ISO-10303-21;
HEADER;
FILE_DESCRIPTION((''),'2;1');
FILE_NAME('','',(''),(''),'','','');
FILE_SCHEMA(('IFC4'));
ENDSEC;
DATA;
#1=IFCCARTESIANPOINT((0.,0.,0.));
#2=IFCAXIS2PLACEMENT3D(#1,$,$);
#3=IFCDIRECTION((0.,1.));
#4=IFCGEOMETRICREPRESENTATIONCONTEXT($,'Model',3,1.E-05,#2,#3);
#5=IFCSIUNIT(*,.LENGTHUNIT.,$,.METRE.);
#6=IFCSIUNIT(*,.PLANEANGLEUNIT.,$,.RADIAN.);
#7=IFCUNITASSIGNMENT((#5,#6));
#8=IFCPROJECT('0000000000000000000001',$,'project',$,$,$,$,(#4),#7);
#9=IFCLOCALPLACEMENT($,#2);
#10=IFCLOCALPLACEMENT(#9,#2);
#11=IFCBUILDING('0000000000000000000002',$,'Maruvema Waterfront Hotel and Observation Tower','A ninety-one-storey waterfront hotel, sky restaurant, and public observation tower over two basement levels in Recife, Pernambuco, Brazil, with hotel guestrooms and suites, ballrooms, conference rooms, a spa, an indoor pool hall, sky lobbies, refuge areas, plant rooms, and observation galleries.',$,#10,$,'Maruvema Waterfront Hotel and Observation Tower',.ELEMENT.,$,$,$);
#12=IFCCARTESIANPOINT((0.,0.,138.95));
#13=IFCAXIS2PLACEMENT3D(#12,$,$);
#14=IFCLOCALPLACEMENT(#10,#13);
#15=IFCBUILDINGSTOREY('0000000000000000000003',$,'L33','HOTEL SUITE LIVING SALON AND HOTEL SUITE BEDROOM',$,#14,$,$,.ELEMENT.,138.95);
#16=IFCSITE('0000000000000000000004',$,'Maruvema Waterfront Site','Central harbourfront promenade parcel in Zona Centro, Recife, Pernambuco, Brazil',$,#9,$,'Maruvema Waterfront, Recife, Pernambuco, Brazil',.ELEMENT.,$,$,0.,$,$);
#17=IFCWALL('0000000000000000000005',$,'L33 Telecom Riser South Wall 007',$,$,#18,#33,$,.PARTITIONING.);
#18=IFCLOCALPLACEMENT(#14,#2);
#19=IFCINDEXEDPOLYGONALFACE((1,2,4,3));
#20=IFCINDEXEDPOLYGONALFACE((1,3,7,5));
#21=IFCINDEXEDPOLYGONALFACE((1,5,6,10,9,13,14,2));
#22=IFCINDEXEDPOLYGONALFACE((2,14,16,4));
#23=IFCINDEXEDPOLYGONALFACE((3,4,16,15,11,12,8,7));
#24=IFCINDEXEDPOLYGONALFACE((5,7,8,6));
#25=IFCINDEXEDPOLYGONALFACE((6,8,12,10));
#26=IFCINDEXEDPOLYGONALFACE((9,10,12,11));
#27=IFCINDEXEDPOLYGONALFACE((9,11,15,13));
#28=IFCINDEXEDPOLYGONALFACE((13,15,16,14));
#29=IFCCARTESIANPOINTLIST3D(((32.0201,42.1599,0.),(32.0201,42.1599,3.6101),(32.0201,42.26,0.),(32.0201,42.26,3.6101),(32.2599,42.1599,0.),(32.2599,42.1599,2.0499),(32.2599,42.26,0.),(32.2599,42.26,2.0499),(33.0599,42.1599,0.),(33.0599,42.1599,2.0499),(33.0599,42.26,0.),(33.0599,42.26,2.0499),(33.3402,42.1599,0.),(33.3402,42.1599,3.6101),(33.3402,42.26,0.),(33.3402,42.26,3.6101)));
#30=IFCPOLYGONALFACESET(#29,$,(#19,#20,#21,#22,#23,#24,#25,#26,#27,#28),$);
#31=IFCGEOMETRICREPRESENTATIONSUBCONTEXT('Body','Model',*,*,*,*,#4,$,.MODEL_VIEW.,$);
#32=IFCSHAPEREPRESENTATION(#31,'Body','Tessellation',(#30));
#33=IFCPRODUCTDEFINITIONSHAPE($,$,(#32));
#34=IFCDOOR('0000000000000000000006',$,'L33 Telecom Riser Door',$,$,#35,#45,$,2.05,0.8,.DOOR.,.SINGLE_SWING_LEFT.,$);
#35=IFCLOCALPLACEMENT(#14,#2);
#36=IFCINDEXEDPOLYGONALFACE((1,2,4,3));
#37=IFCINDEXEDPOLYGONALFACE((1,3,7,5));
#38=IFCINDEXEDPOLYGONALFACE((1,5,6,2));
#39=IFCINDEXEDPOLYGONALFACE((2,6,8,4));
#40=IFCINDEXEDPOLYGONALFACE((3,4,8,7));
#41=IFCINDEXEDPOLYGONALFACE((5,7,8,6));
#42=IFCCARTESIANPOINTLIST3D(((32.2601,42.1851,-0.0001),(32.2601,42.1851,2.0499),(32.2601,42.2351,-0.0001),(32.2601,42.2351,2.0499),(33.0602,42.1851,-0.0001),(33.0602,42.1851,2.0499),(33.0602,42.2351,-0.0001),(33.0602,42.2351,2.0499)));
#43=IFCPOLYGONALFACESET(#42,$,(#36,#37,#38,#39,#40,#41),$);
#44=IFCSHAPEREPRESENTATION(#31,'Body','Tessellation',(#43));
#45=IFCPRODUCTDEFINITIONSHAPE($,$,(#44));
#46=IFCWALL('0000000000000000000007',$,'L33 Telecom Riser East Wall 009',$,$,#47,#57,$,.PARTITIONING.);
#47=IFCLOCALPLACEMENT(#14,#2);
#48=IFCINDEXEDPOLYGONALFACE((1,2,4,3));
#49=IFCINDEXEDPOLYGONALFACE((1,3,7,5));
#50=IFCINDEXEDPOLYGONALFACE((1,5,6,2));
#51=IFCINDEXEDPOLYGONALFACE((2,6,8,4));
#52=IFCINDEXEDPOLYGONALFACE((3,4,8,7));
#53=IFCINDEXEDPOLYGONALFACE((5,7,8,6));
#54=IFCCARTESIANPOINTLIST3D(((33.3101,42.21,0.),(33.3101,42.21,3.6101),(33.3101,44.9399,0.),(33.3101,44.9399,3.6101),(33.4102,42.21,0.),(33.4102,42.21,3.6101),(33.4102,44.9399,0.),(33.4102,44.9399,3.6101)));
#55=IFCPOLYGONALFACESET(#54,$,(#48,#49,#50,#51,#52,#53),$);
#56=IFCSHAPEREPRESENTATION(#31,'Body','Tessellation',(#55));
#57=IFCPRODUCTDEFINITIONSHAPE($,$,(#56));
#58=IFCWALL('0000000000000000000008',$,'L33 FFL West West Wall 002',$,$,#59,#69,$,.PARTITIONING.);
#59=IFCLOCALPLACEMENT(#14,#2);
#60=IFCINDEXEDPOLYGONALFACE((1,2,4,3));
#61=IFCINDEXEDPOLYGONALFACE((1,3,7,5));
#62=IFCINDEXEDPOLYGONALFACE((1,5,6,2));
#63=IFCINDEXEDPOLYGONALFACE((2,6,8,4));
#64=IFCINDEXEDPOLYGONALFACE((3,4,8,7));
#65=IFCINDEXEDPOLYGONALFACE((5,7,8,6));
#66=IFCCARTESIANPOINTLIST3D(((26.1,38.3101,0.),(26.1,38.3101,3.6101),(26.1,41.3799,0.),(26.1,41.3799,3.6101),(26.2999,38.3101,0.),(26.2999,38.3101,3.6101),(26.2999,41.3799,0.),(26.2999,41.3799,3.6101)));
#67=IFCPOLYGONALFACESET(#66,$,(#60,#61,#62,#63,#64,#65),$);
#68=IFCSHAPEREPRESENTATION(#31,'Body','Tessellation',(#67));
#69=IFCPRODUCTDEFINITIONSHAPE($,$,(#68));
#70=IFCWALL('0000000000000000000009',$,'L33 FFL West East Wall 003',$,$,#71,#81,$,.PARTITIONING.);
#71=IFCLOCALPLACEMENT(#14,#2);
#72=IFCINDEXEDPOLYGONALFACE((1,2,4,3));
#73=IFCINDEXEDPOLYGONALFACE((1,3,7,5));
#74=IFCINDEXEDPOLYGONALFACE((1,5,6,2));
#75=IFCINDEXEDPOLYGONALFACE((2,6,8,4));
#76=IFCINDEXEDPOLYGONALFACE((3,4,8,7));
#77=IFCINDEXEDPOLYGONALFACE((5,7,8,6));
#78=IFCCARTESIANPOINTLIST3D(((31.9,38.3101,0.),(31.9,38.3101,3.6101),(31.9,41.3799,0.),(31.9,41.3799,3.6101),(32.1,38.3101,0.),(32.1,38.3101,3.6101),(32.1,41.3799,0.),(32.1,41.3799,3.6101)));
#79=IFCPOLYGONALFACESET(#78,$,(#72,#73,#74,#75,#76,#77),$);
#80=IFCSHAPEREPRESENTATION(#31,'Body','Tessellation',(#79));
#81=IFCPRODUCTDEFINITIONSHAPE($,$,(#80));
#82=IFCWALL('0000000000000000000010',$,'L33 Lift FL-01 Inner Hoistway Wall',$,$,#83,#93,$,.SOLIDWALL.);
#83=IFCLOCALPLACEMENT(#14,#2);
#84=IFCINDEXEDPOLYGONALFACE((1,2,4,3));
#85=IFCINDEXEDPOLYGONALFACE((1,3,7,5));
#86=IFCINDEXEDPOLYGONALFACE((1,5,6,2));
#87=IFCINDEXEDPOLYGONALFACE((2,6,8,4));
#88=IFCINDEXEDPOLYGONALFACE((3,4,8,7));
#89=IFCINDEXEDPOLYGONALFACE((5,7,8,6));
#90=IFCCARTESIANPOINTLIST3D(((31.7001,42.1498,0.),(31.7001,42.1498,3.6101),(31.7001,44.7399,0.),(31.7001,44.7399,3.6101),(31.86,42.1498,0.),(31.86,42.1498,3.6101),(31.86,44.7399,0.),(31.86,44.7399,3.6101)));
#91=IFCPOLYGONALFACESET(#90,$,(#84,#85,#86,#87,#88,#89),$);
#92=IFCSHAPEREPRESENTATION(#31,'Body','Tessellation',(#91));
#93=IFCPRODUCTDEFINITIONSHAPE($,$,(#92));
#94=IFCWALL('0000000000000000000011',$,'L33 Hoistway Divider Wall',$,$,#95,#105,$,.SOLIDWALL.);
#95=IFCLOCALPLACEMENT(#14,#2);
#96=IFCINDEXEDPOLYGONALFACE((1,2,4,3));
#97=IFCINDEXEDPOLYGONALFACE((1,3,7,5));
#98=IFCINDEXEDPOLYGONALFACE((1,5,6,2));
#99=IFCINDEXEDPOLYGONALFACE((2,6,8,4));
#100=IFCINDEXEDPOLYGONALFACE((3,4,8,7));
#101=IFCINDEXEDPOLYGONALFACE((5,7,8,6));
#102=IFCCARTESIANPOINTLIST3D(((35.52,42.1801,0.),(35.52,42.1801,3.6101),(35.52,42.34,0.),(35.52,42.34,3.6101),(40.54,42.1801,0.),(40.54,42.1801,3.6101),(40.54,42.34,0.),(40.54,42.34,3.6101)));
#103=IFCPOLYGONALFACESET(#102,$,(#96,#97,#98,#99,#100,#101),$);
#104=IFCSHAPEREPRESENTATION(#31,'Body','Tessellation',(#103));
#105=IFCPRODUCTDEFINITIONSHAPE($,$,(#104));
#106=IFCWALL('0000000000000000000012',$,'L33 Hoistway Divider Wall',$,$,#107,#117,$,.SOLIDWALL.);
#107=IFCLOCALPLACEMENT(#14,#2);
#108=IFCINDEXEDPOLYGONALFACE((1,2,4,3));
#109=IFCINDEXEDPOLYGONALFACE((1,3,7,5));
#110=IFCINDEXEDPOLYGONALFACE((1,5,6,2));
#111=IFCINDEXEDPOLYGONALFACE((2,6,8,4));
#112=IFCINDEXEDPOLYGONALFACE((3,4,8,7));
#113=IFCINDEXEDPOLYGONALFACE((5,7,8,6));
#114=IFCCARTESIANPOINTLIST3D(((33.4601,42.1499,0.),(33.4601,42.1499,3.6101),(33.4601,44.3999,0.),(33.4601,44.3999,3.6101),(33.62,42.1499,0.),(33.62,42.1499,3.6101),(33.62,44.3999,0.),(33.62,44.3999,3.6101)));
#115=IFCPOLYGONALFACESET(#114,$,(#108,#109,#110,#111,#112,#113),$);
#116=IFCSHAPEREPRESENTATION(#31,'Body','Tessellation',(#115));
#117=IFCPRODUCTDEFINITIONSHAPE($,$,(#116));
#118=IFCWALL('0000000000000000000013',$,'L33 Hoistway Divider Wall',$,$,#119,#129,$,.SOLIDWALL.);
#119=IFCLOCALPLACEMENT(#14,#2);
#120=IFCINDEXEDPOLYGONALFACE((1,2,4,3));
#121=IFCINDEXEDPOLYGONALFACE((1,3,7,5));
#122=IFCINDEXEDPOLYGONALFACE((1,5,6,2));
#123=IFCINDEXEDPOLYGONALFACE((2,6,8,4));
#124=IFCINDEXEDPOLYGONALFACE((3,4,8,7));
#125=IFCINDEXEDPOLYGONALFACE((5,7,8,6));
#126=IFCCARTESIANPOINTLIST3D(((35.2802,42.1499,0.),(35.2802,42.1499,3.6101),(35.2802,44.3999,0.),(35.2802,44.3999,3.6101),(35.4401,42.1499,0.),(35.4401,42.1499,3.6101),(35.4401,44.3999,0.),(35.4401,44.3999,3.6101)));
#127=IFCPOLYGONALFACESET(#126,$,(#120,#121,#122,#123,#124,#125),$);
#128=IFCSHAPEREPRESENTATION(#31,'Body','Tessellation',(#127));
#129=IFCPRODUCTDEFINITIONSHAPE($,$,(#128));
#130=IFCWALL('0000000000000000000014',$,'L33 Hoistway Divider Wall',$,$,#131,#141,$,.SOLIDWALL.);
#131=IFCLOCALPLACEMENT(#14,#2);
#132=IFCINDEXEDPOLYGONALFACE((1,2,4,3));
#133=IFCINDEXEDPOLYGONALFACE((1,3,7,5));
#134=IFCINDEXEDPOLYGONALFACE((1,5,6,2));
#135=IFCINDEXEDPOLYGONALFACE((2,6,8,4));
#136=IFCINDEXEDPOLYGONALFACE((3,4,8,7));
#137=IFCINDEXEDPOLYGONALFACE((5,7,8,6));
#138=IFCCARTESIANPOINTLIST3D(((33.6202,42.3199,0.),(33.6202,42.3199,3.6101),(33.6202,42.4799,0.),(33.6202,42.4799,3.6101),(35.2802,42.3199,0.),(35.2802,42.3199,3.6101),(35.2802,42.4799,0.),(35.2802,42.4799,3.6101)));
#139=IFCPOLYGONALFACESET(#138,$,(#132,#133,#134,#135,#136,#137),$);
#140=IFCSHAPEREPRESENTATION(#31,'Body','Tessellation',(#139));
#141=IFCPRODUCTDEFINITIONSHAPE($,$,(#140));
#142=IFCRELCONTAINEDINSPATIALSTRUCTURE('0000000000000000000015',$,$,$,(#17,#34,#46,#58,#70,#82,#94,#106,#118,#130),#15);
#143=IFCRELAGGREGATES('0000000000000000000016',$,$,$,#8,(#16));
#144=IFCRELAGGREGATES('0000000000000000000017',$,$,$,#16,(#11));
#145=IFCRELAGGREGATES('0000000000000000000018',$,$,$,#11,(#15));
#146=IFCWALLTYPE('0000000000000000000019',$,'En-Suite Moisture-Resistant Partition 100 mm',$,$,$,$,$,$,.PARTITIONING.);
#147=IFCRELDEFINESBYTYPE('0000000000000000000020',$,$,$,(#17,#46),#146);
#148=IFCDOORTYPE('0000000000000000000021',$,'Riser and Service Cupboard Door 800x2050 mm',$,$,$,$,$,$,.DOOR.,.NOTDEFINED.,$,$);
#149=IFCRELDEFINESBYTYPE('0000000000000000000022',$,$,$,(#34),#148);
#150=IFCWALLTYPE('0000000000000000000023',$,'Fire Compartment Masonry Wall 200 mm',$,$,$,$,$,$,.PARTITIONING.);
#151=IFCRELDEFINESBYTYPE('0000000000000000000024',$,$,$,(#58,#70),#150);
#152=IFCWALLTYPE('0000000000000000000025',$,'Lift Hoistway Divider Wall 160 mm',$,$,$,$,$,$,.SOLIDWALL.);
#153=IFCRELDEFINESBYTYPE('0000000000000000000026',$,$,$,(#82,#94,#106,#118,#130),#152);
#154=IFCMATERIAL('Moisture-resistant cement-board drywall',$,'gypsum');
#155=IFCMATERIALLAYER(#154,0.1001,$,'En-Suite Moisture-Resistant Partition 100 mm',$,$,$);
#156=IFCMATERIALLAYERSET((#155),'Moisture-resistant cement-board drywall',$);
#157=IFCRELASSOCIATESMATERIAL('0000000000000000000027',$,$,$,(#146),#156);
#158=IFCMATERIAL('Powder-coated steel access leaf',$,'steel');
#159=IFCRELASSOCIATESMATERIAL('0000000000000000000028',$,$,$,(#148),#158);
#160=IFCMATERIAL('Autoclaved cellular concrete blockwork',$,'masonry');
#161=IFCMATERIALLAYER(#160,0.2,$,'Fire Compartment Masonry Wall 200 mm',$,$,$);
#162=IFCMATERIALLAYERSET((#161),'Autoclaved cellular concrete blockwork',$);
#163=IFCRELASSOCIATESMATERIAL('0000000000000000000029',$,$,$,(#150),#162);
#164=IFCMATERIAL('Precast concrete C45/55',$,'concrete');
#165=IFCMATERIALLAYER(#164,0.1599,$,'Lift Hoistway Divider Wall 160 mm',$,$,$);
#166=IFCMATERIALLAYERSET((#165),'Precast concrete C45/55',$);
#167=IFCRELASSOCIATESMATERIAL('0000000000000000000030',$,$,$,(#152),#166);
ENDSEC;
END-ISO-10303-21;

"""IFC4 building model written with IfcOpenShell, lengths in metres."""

from ifc_helpers import new_model, si_unit, direction, frame, frame_2d, origin, place, context, subcontext, project, spatial, rectangle, extrude, material, layer, layer_set, type_object, element, fill, save


model = new_model("IFC4")

# Units and contexts
model_context = context("Model", 3, precision=1e-05, world=origin(), true_north=direction((0.0, 1.0)))
body_context = subcontext(model_context, "Body", "Model", "MODEL_VIEW")
ifc_project = project(units=[si_unit("LENGTHUNIT", "METRE"), si_unit("PLANEANGLEUNIT", "RADIAN")], contexts=[model_context])

# Site, building, storey
site_placement = place(None, origin())
site = spatial("IfcSite", under=ifc_project, at=site_placement, Name="Maruvema Waterfront Site", Description="Central harbourfront promenade parcel in Zona Centro, Recife, Pernambuco, Brazil", LongName="Maruvema Waterfront, Recife, Pernambuco, Brazil", CompositionType="ELEMENT", RefElevation=0.0)
building_placement = place(site_placement, origin())
building = spatial("IfcBuilding", under=site, at=building_placement, Name="Maruvema Waterfront Hotel and Observation Tower", Description="A ninety-one-storey waterfront hotel, sky restaurant, and public observation tower over two basement levels in Recife, Pernambuco, Brazil, with hotel guestrooms and suites, ballrooms, conference rooms, a spa, an indoor pool hall, sky lobbies, refuge areas, plant rooms, and observation galleries.", LongName="Maruvema Waterfront Hotel and Observation Tower", CompositionType="ELEMENT")
storey_placement = place(building_placement, frame((0.0, 0.0, 138.95)))
storey = spatial("IfcBuildingStorey", under=building, at=storey_placement, Name="L33", Description="HOTEL SUITE LIVING SALON AND HOTEL SUITE BEDROOM", CompositionType="ELEMENT", Elevation=138.95)

# Wall, opening, door
ifc_material_1 = material(Name="Moisture-resistant cement-board drywall", Category="gypsum")
ifc_layer_1 = layer(ifc_material_1, 0.1001, Name="En-Suite Moisture-Resistant Partition 100 mm")
ifc_layer_set_1 = layer_set([ifc_layer_1], Name="Moisture-resistant cement-board drywall")
wall_type_1 = type_object("IfcWallType", Name="En-Suite Moisture-Resistant Partition 100 mm", PredefinedType="PARTITIONING", material=ifc_layer_set_1)
wall_1_placement = place(storey_placement, frame((32.02, 42.21, 0.0), z_axis=(0.0, 0.0, 1.0), x_axis=(1.0, 0.0, 0.0)))
wall_1 = element("IfcWall", 1, at=wall_1_placement, inside=storey, type_object=wall_type_1, Name="L33 Telecom Riser South Wall 007", PredefinedType="PARTITIONING", context=body_context, shape_type="SweptSolid", body=[
    extrude(rectangle(XDim=1.3201, YDim=0.1001, at=frame_2d((0.6602, 0.0))), origin(), (0.0, 0.0, 1.0), 3.6101),
])
opening_1_placement = place(wall_1_placement, frame((0.24, 0.0, 0.0)))
opening_1 = element("IfcOpeningElement", 2, at=opening_1_placement, cuts=wall_1, PredefinedType="OPENING", context=body_context, shape_type="SweptSolid", body=[
    extrude(rectangle(XDim=0.8, YDim=2.05, at=frame_2d((0.3999, 1.0249))), frame((0.0, 0.0601, 0.0), z_axis=(0.0, -1.0, 0.0), x_axis=(1.0, 0.0, 0.0)), (0.0, 0.0, 1.0), 0.1201),
])
ifc_material_2 = material(Name="Powder-coated steel access leaf", Category="steel")
door_type_1 = type_object("IfcDoorType", Name="Riser and Service Cupboard Door 800x2050 mm", OperationType="NOTDEFINED", PredefinedType="DOOR", material=ifc_material_2)
door_1_placement = place(opening_1_placement, frame((0.8, 0.0, 0.0), z_axis=(0.0, 0.0, 1.0), x_axis=(-1.0, 0.0, 0.0)))
door_1 = element("IfcDoor", 3, at=door_1_placement, inside=storey, type_object=door_type_1, Name="L33 Telecom Riser Door", OperationType="SINGLE_SWING_LEFT", OverallHeight=2.05, OverallWidth=0.8, PredefinedType="DOOR", context=body_context, shape_type="SweptSolid", body=[
    extrude(rectangle(XDim=0.8, YDim=2.05, at=frame_2d((0.3999, 1.0249))), frame((0.0, 0.0249, 0.0), z_axis=(0.0, -1.0, 0.0), x_axis=(1.0, 0.0, 0.0)), (0.0, 0.0, 1.0), 0.05),
])
fill(opening_1, door_1)

# Wall
wall_2_placement = place(storey_placement, frame((33.3601, 42.21, 0.0), z_axis=(0.0, 0.0, 1.0), x_axis=(0.0, 1.0, 0.0)))
element("IfcWall", 4, at=wall_2_placement, inside=storey, type_object=wall_type_1, Name="L33 Telecom Riser East Wall 009", PredefinedType="PARTITIONING", context=body_context, shape_type="SweptSolid", body=[
    extrude(rectangle(XDim=2.73, YDim=0.1001, at=frame_2d((1.365, 0.0))), origin(), (0.0, 0.0, 1.0), 3.6101),
])

# Shared definitions
ifc_material_3 = material(Name="Autoclaved cellular concrete blockwork", Category="masonry")
ifc_layer_2 = layer(ifc_material_3, 0.2, Name="Fire Compartment Masonry Wall 200 mm")
ifc_layer_set_2 = layer_set([ifc_layer_2], Name="Autoclaved cellular concrete blockwork")
wall_type_2 = type_object("IfcWallType", Name="Fire Compartment Masonry Wall 200 mm", PredefinedType="PARTITIONING", material=ifc_layer_set_2)

# Walls
for number, where, z_axis, x_axis, name in (
    (5, (26.2, 38.3101, 0.0), (0.0, 0.0, 1.0), (0.0, 1.0, 0.0), "L33 FFL West West Wall 002"),
    (6, (32.0, 38.3101, 0.0), (0.0, 0.0, 1.0), (0.0, 1.0, 0.0), "L33 FFL West East Wall 003"),
):
    element("IfcWall", number, at=place(storey_placement, frame(where, z_axis=z_axis, x_axis=x_axis)), inside=storey, type_object=wall_type_2, Name=name, PredefinedType="PARTITIONING", context=body_context, shape_type="SweptSolid", body=[
        extrude(rectangle(XDim=3.0698, YDim=0.2, at=frame_2d((1.5349, 0.0))), origin(), (0.0, 0.0, 1.0), 3.6101),
    ])
ifc_material_4 = material(Name="Precast concrete C45/55", Category="concrete")
ifc_layer_3 = layer(ifc_material_4, 0.1599, Name="Lift Hoistway Divider Wall 160 mm")
ifc_layer_set_3 = layer_set([ifc_layer_3], Name="Precast concrete C45/55")
wall_type_3 = type_object("IfcWallType", Name="Lift Hoistway Divider Wall 160 mm", PredefinedType="SOLIDWALL", material=ifc_layer_set_3)
wall_3_placement = place(storey_placement, frame((31.78, 42.1499, 0.0), z_axis=(0.0, 0.0, 1.0), x_axis=(0.0, 1.0, 0.0)))
element("IfcWall", 7, at=wall_3_placement, inside=storey, type_object=wall_type_3, Name="L33 Lift FL-01 Inner Hoistway Wall", PredefinedType="SOLIDWALL", context=body_context, shape_type="SweptSolid", body=[
    extrude(rectangle(XDim=2.5901, YDim=0.1599, at=frame_2d((1.2949, 0.0))), origin(), (0.0, 0.0, 1.0), 3.6101),
])
wall_4_placement = place(storey_placement, frame((35.52, 42.26, 0.0), z_axis=(0.0, 0.0, 1.0), x_axis=(1.0, 0.0, 0.0)))
element("IfcWall", 8, at=wall_4_placement, inside=storey, type_object=wall_type_3, Name="L33 Hoistway Divider Wall", PredefinedType="SOLIDWALL", context=body_context, shape_type="SweptSolid", body=[
    extrude(rectangle(XDim=5.02, YDim=0.1599, at=frame_2d((2.51, 0.0))), origin(), (0.0, 0.0, 1.0), 3.6101),
])
for number, where, z_axis, x_axis, name in (
    (9, (33.54, 42.1499, 0.0), (0.0, 0.0, 1.0), (0.0, 1.0, 0.0), "L33 Hoistway Divider Wall"),
    (10, (35.3601, 42.1499, 0.0), (0.0, 0.0, 1.0), (0.0, 1.0, 0.0), "L33 Hoistway Divider Wall"),
):
    element("IfcWall", number, at=place(storey_placement, frame(where, z_axis=z_axis, x_axis=x_axis)), inside=storey, type_object=wall_type_3, Name=name, PredefinedType="SOLIDWALL", context=body_context, shape_type="SweptSolid", body=[
        extrude(rectangle(XDim=2.25, YDim=0.1599, at=frame_2d((1.125, 0.0))), origin(), (0.0, 0.0, 1.0), 3.6101),
    ])
wall_5_placement = place(storey_placement, frame((33.6201, 42.3999, 0.0), z_axis=(0.0, 0.0, 1.0), x_axis=(1.0, 0.0, 0.0)))
element("IfcWall", 11, at=wall_5_placement, inside=storey, type_object=wall_type_3, Name="L33 Hoistway Divider Wall", PredefinedType="SOLIDWALL", context=body_context, shape_type="SweptSolid", body=[
    extrude(rectangle(XDim=1.6599, YDim=0.1599, at=frame_2d((0.8301, 0.0))), origin(), (0.0, 0.0, 1.0), 3.6101),
])

save(model, "model.ifc")
